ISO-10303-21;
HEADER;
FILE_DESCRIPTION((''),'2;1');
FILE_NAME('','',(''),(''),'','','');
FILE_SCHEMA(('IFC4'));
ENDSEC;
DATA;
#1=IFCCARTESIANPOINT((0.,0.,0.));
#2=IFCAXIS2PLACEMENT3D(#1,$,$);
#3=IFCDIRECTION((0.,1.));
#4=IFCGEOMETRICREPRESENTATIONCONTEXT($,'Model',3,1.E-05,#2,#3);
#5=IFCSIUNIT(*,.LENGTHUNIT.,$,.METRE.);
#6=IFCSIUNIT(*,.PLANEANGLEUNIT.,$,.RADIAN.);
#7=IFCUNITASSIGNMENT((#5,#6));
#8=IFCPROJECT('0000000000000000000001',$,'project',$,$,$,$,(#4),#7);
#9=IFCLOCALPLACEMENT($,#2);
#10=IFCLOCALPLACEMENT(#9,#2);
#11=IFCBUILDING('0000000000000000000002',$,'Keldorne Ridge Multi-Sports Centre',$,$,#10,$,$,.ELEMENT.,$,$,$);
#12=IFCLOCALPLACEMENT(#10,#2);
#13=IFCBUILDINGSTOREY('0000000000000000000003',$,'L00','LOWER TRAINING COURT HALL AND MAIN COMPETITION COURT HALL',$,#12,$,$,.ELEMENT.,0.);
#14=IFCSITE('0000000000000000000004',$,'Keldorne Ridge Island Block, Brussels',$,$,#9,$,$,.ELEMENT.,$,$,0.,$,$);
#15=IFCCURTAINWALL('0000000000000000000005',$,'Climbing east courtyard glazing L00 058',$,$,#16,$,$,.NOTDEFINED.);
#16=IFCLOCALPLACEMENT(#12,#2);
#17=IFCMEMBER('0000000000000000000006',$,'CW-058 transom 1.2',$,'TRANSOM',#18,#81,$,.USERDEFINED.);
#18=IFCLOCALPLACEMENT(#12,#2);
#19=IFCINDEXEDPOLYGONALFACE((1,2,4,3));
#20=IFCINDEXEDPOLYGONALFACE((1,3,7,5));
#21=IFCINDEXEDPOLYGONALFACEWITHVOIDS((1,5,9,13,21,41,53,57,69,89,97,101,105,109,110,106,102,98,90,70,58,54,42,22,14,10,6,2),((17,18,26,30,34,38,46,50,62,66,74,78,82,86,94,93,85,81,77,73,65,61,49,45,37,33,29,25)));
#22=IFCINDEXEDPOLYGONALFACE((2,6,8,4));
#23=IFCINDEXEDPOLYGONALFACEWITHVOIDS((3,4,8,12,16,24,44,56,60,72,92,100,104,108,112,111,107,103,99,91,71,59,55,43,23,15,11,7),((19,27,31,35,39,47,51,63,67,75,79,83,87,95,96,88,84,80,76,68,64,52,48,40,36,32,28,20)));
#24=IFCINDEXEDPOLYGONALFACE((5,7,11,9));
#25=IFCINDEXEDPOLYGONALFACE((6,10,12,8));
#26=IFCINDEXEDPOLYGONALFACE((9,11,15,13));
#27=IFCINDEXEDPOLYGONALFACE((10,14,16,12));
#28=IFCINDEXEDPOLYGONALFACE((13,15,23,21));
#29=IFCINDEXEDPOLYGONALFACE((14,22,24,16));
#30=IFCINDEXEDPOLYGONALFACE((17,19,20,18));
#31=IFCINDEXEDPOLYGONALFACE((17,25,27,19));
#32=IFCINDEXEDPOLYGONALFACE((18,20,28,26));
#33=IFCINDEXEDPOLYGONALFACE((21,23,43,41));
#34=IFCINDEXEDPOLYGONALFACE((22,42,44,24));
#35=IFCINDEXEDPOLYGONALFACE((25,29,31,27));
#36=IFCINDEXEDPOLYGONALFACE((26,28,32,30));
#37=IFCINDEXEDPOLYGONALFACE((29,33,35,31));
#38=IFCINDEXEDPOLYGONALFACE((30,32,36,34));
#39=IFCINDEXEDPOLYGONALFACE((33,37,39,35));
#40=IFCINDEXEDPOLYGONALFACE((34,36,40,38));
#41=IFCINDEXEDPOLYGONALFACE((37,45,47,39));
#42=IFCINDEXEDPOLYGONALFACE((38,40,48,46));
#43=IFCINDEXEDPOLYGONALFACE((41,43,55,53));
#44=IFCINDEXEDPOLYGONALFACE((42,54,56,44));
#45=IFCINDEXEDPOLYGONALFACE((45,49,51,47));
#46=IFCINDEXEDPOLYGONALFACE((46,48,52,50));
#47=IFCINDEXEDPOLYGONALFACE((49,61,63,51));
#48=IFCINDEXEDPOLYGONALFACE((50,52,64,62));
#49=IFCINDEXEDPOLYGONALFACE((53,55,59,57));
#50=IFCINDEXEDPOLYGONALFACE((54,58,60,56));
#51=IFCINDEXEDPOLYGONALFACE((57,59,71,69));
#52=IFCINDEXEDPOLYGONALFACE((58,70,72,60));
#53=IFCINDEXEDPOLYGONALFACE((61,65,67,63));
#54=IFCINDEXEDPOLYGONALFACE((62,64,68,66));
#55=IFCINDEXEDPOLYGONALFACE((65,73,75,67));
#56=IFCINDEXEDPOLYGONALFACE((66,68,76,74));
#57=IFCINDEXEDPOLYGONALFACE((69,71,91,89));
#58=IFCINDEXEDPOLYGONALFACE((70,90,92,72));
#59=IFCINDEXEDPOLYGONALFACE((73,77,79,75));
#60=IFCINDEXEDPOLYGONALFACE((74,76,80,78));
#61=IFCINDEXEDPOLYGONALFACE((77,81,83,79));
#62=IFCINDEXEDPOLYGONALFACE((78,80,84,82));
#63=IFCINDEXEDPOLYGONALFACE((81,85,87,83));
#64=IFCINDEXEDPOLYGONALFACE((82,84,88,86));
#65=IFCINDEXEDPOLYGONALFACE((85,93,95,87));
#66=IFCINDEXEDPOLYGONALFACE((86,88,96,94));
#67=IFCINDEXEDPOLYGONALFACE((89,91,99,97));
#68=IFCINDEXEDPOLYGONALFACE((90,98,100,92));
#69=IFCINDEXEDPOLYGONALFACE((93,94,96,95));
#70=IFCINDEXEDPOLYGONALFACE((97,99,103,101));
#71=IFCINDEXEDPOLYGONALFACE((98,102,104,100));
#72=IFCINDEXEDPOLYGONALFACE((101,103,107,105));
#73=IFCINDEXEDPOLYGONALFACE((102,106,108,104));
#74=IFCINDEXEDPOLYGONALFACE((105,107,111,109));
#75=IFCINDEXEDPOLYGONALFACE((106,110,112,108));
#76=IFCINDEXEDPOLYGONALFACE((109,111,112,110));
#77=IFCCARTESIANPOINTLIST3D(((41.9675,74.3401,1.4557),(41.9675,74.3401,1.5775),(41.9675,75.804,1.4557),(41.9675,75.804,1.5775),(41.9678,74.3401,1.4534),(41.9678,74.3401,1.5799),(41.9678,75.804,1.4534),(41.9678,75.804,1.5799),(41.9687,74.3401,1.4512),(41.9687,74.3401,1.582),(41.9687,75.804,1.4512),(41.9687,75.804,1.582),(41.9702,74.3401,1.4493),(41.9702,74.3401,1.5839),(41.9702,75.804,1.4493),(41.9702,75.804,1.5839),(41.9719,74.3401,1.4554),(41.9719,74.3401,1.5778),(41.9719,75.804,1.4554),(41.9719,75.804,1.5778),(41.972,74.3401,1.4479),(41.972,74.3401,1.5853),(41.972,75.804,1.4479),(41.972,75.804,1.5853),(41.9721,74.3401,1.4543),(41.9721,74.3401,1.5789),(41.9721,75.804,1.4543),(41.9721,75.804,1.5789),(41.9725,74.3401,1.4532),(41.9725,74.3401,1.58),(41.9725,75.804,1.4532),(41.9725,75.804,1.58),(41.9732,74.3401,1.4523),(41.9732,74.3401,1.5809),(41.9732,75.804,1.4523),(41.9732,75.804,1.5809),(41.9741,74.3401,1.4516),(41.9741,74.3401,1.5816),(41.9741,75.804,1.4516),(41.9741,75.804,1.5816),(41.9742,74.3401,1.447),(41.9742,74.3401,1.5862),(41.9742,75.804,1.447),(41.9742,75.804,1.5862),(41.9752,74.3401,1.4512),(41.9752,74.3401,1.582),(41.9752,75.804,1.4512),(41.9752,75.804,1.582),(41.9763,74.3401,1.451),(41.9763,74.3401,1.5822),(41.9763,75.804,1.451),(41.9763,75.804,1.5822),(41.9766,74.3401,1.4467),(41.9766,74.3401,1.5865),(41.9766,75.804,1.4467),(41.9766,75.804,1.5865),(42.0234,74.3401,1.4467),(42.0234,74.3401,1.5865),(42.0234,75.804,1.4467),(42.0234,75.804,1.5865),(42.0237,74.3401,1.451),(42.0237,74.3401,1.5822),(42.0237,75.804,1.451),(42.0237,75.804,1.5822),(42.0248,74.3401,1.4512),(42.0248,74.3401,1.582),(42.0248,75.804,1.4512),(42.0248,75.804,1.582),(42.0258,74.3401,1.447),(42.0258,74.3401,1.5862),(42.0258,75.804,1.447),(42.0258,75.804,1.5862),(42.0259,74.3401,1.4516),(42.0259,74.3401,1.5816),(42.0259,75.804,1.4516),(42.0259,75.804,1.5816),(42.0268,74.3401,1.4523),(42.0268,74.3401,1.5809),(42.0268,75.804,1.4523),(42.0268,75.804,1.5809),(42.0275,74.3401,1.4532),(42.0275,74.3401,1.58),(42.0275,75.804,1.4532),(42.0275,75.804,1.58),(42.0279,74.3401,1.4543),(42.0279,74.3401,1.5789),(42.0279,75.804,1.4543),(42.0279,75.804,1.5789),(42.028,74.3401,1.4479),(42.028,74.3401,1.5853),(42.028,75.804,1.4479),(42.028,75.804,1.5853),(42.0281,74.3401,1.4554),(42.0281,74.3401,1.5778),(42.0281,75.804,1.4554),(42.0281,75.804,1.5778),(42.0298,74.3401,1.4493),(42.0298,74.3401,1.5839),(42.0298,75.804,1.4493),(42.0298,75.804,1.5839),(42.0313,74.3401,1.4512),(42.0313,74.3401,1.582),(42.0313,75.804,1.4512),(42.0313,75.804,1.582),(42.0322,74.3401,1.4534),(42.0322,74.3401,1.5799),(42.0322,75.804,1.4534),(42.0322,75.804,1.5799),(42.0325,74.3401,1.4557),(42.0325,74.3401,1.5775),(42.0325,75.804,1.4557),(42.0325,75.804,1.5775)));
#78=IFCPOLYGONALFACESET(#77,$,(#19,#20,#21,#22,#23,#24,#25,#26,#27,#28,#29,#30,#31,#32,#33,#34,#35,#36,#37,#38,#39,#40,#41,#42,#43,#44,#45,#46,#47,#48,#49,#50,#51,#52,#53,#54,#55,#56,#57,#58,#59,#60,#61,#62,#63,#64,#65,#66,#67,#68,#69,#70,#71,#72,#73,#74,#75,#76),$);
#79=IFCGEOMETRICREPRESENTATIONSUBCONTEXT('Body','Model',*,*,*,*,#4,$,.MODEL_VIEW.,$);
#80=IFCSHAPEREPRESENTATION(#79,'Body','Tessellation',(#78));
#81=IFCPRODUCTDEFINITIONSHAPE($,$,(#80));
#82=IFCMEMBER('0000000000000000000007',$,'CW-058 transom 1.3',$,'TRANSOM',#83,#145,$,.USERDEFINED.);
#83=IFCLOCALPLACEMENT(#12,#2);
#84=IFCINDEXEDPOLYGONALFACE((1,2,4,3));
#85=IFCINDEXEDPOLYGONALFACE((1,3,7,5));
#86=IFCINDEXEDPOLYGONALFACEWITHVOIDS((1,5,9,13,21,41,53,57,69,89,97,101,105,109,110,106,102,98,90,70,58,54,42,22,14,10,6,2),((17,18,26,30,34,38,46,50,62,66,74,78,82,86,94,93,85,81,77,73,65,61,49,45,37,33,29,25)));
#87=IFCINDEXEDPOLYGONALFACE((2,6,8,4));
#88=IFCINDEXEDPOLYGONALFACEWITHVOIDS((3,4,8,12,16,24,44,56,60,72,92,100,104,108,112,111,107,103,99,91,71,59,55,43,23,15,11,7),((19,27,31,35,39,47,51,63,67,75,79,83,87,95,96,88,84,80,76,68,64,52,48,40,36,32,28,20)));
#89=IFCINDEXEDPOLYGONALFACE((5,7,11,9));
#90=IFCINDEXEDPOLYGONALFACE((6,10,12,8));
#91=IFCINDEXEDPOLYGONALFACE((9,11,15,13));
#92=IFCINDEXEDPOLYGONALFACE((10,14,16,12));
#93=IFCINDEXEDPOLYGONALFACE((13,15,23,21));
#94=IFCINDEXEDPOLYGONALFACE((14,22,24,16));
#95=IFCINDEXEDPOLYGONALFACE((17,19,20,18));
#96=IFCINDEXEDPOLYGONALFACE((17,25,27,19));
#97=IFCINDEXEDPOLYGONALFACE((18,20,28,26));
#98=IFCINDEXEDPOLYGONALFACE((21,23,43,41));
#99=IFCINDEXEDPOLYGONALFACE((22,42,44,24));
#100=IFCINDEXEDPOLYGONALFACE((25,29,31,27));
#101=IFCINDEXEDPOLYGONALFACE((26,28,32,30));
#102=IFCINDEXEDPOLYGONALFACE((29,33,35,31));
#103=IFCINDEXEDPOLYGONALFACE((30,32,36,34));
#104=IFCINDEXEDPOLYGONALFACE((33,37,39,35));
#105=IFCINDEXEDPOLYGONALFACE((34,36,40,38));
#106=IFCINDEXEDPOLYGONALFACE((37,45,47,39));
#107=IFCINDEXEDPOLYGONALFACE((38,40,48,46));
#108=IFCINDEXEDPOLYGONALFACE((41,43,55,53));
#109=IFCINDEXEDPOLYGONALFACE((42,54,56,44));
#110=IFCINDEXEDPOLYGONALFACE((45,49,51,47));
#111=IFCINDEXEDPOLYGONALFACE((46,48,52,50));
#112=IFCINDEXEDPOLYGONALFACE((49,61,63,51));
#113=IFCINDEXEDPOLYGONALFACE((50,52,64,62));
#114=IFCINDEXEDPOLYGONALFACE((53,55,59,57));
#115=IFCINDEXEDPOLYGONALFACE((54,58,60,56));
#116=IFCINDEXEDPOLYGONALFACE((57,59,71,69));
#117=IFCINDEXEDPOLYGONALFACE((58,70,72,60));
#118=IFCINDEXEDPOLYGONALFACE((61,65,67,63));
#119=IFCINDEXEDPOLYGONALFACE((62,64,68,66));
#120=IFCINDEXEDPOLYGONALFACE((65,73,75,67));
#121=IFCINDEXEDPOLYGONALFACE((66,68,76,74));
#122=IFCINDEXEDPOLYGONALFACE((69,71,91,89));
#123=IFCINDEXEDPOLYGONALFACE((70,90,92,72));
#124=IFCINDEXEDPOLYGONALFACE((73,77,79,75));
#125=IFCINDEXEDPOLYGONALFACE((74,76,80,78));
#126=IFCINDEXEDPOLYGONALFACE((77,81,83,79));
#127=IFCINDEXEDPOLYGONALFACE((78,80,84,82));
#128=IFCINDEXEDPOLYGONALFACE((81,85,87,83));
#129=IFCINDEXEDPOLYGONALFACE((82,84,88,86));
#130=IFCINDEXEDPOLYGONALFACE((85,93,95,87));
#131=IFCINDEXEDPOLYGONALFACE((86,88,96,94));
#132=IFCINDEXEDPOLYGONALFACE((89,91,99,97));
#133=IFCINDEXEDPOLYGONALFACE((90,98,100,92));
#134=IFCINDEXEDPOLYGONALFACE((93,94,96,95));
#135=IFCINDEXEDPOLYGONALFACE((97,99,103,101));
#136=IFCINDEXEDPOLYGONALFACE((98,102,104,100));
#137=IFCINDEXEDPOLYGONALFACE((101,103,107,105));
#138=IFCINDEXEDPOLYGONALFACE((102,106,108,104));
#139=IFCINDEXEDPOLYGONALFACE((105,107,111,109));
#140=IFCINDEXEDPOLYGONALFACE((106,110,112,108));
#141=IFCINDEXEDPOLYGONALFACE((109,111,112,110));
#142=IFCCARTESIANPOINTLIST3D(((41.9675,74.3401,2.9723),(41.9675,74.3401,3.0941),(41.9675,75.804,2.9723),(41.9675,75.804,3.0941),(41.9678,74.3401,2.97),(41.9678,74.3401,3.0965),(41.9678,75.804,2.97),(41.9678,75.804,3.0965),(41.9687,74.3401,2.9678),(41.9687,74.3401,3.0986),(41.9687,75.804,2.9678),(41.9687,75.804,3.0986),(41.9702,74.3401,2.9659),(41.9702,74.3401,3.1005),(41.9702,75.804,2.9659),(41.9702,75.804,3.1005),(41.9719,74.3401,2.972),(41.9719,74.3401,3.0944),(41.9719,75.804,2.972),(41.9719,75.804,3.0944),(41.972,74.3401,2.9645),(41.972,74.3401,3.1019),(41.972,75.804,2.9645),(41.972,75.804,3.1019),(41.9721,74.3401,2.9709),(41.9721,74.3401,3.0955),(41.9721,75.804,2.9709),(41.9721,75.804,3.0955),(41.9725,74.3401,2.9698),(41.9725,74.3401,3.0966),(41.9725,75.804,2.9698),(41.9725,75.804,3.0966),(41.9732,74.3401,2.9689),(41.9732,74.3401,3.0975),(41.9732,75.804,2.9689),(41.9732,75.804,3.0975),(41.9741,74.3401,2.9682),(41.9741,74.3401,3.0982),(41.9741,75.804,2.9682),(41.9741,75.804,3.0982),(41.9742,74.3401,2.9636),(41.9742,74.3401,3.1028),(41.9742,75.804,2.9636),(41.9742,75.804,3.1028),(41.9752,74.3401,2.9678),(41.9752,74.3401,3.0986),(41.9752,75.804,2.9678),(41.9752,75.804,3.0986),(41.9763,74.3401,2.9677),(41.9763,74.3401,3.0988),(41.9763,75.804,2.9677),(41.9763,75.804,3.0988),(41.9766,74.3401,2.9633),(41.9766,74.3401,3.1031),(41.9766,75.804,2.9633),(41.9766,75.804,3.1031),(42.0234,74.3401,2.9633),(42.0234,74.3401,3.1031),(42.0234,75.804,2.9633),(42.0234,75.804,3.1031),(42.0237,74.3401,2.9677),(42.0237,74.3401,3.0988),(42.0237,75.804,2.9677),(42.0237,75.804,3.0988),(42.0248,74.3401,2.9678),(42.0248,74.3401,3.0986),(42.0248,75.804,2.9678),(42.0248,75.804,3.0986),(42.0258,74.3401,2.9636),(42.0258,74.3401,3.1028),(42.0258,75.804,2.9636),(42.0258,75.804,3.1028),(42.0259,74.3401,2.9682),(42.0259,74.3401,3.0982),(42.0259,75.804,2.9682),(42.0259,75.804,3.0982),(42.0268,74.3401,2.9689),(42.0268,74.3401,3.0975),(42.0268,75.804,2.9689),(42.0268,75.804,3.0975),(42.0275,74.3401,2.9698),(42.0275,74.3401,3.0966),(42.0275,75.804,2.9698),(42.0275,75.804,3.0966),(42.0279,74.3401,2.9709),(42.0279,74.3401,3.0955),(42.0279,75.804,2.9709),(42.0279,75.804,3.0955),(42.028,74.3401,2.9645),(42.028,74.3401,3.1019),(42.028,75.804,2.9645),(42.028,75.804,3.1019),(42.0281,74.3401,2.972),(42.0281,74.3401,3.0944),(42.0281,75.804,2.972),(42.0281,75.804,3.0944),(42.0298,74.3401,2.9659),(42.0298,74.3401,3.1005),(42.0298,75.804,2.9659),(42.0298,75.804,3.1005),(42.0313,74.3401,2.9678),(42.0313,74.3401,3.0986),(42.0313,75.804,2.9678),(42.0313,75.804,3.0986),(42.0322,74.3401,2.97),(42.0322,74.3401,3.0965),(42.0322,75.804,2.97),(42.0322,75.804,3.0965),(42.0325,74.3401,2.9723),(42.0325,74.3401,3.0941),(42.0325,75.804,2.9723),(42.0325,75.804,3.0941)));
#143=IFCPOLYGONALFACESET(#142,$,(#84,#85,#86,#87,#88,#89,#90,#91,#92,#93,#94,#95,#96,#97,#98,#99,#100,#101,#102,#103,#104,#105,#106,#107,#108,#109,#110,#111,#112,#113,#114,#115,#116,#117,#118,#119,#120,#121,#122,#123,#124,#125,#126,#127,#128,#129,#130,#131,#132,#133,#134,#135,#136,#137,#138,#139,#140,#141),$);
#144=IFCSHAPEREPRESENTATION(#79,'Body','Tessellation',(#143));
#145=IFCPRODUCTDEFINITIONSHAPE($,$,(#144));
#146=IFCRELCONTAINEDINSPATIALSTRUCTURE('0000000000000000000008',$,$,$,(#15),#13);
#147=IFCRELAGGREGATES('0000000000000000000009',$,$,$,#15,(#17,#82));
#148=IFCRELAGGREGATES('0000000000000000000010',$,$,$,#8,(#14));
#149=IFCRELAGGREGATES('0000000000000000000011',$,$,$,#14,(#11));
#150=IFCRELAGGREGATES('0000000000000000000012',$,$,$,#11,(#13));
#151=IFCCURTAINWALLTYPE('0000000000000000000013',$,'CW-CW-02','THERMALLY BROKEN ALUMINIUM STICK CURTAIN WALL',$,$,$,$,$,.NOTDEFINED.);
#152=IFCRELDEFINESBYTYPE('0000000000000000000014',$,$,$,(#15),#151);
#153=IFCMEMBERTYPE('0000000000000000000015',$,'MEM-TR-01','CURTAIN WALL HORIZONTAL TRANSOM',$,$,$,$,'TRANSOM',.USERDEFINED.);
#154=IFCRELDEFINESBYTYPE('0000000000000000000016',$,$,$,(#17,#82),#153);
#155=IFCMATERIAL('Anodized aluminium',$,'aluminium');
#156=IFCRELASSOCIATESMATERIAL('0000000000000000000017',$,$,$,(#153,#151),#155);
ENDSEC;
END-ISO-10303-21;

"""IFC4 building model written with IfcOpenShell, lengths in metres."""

from ifc_helpers import new_model, si_unit, direction, frame, origin, origin_2d, place, context, subcontext, project, spatial, hollow_rectangle, extrude, material, material_profile, profile_set, type_object, element, aggregate, save


model = new_model("IFC4")

# Units and contexts
model_context = context("Model", 3, precision=1e-05, world=origin(), true_north=direction((0.0, 1.0)))
body_context = subcontext(model_context, "Body", "Model", "MODEL_VIEW")
ifc_project = project(units=[si_unit("LENGTHUNIT", "METRE"), si_unit("PLANEANGLEUNIT", "RADIAN")], contexts=[model_context])

# Site, building, storey
site_placement = place(None, origin())
site = spatial("IfcSite", under=ifc_project, at=site_placement, Name="Keldorne Ridge Island Block, Brussels", CompositionType="ELEMENT", RefElevation=0.0)
building_placement = place(site_placement, origin())
building = spatial("IfcBuilding", under=site, at=building_placement, Name="Keldorne Ridge Multi-Sports Centre", CompositionType="ELEMENT")
storey_placement = place(building_placement, origin())
storey = spatial("IfcBuildingStorey", under=building, at=storey_placement, Name="L00", Description="LOWER TRAINING COURT HALL AND MAIN COMPETITION COURT HALL", CompositionType="ELEMENT", Elevation=0.0)

# Shared definitions
ifc_material_1 = material(Name="Anodized aluminium", Category="aluminium")
ifc_material_profile = material_profile(ifc_material_1, hollow_rectangle(XDim=0.0649, YDim=0.1399, WallThickness=0.0044, InnerFilletRadius=0.0044, OuterFilletRadius=0.009, at=origin_2d()), Name="ALU TRANSOM 140x65x4.5")
ifc_profile_set = profile_set([ifc_material_profile], Name="Anodized aluminium")
member_type = type_object("IfcMemberType", Name="MEM-TR-01", Description="CURTAIN WALL HORIZONTAL TRANSOM", ElementType="TRANSOM", PredefinedType="USERDEFINED", material=ifc_profile_set)

# Curtain wall, members
curtain_wall_type_1 = type_object("IfcCurtainWallType", Name="CW-CW-02", Description="THERMALLY BROKEN ALUMINIUM STICK CURTAIN WALL", PredefinedType="NOTDEFINED", material=ifc_material_1)
curtain_wall_1_placement = place(storey_placement, origin())
curtain_wall_1 = element("IfcCurtainWall", 1, at=curtain_wall_1_placement, inside=storey, type_object=curtain_wall_type_1, Name="Climbing east courtyard glazing L00 058", PredefinedType="NOTDEFINED")
member_1_placement = place(storey_placement, frame((42.0, 74.3401, 1.5166), z_axis=(0.0, 1.0, 0.0), x_axis=(-1.0, 0.0, 0.0)))
member_1 = element("IfcMember", 2, at=member_1_placement, type_object=member_type, Name="CW-058 transom 1.2", ObjectType="TRANSOM", PredefinedType="USERDEFINED", context=body_context, shape_type="SweptSolid", body=[
    extrude(hollow_rectangle(XDim=0.0649, YDim=0.1399, WallThickness=0.0044, InnerFilletRadius=0.0044, OuterFilletRadius=0.009, at=origin_2d()), origin(), (0.0, 0.0, 1.0), 1.4639),
])
member_2_placement = place(storey_placement, frame((42.0, 74.3401, 3.0332), z_axis=(0.0, 1.0, 0.0), x_axis=(-1.0, 0.0, 0.0)))
member_2 = element("IfcMember", 3, at=member_2_placement, type_object=member_type, Name="CW-058 transom 1.3", ObjectType="TRANSOM", PredefinedType="USERDEFINED", context=body_context, shape_type="SweptSolid", body=[
    extrude(hollow_rectangle(XDim=0.0649, YDim=0.1399, WallThickness=0.0044, InnerFilletRadius=0.0044, OuterFilletRadius=0.009, at=origin_2d()), origin(), (0.0, 0.0, 1.0), 1.4639),
])
aggregate(curtain_wall_1, [member_1, member_2])

save(model, "model.ifc")
